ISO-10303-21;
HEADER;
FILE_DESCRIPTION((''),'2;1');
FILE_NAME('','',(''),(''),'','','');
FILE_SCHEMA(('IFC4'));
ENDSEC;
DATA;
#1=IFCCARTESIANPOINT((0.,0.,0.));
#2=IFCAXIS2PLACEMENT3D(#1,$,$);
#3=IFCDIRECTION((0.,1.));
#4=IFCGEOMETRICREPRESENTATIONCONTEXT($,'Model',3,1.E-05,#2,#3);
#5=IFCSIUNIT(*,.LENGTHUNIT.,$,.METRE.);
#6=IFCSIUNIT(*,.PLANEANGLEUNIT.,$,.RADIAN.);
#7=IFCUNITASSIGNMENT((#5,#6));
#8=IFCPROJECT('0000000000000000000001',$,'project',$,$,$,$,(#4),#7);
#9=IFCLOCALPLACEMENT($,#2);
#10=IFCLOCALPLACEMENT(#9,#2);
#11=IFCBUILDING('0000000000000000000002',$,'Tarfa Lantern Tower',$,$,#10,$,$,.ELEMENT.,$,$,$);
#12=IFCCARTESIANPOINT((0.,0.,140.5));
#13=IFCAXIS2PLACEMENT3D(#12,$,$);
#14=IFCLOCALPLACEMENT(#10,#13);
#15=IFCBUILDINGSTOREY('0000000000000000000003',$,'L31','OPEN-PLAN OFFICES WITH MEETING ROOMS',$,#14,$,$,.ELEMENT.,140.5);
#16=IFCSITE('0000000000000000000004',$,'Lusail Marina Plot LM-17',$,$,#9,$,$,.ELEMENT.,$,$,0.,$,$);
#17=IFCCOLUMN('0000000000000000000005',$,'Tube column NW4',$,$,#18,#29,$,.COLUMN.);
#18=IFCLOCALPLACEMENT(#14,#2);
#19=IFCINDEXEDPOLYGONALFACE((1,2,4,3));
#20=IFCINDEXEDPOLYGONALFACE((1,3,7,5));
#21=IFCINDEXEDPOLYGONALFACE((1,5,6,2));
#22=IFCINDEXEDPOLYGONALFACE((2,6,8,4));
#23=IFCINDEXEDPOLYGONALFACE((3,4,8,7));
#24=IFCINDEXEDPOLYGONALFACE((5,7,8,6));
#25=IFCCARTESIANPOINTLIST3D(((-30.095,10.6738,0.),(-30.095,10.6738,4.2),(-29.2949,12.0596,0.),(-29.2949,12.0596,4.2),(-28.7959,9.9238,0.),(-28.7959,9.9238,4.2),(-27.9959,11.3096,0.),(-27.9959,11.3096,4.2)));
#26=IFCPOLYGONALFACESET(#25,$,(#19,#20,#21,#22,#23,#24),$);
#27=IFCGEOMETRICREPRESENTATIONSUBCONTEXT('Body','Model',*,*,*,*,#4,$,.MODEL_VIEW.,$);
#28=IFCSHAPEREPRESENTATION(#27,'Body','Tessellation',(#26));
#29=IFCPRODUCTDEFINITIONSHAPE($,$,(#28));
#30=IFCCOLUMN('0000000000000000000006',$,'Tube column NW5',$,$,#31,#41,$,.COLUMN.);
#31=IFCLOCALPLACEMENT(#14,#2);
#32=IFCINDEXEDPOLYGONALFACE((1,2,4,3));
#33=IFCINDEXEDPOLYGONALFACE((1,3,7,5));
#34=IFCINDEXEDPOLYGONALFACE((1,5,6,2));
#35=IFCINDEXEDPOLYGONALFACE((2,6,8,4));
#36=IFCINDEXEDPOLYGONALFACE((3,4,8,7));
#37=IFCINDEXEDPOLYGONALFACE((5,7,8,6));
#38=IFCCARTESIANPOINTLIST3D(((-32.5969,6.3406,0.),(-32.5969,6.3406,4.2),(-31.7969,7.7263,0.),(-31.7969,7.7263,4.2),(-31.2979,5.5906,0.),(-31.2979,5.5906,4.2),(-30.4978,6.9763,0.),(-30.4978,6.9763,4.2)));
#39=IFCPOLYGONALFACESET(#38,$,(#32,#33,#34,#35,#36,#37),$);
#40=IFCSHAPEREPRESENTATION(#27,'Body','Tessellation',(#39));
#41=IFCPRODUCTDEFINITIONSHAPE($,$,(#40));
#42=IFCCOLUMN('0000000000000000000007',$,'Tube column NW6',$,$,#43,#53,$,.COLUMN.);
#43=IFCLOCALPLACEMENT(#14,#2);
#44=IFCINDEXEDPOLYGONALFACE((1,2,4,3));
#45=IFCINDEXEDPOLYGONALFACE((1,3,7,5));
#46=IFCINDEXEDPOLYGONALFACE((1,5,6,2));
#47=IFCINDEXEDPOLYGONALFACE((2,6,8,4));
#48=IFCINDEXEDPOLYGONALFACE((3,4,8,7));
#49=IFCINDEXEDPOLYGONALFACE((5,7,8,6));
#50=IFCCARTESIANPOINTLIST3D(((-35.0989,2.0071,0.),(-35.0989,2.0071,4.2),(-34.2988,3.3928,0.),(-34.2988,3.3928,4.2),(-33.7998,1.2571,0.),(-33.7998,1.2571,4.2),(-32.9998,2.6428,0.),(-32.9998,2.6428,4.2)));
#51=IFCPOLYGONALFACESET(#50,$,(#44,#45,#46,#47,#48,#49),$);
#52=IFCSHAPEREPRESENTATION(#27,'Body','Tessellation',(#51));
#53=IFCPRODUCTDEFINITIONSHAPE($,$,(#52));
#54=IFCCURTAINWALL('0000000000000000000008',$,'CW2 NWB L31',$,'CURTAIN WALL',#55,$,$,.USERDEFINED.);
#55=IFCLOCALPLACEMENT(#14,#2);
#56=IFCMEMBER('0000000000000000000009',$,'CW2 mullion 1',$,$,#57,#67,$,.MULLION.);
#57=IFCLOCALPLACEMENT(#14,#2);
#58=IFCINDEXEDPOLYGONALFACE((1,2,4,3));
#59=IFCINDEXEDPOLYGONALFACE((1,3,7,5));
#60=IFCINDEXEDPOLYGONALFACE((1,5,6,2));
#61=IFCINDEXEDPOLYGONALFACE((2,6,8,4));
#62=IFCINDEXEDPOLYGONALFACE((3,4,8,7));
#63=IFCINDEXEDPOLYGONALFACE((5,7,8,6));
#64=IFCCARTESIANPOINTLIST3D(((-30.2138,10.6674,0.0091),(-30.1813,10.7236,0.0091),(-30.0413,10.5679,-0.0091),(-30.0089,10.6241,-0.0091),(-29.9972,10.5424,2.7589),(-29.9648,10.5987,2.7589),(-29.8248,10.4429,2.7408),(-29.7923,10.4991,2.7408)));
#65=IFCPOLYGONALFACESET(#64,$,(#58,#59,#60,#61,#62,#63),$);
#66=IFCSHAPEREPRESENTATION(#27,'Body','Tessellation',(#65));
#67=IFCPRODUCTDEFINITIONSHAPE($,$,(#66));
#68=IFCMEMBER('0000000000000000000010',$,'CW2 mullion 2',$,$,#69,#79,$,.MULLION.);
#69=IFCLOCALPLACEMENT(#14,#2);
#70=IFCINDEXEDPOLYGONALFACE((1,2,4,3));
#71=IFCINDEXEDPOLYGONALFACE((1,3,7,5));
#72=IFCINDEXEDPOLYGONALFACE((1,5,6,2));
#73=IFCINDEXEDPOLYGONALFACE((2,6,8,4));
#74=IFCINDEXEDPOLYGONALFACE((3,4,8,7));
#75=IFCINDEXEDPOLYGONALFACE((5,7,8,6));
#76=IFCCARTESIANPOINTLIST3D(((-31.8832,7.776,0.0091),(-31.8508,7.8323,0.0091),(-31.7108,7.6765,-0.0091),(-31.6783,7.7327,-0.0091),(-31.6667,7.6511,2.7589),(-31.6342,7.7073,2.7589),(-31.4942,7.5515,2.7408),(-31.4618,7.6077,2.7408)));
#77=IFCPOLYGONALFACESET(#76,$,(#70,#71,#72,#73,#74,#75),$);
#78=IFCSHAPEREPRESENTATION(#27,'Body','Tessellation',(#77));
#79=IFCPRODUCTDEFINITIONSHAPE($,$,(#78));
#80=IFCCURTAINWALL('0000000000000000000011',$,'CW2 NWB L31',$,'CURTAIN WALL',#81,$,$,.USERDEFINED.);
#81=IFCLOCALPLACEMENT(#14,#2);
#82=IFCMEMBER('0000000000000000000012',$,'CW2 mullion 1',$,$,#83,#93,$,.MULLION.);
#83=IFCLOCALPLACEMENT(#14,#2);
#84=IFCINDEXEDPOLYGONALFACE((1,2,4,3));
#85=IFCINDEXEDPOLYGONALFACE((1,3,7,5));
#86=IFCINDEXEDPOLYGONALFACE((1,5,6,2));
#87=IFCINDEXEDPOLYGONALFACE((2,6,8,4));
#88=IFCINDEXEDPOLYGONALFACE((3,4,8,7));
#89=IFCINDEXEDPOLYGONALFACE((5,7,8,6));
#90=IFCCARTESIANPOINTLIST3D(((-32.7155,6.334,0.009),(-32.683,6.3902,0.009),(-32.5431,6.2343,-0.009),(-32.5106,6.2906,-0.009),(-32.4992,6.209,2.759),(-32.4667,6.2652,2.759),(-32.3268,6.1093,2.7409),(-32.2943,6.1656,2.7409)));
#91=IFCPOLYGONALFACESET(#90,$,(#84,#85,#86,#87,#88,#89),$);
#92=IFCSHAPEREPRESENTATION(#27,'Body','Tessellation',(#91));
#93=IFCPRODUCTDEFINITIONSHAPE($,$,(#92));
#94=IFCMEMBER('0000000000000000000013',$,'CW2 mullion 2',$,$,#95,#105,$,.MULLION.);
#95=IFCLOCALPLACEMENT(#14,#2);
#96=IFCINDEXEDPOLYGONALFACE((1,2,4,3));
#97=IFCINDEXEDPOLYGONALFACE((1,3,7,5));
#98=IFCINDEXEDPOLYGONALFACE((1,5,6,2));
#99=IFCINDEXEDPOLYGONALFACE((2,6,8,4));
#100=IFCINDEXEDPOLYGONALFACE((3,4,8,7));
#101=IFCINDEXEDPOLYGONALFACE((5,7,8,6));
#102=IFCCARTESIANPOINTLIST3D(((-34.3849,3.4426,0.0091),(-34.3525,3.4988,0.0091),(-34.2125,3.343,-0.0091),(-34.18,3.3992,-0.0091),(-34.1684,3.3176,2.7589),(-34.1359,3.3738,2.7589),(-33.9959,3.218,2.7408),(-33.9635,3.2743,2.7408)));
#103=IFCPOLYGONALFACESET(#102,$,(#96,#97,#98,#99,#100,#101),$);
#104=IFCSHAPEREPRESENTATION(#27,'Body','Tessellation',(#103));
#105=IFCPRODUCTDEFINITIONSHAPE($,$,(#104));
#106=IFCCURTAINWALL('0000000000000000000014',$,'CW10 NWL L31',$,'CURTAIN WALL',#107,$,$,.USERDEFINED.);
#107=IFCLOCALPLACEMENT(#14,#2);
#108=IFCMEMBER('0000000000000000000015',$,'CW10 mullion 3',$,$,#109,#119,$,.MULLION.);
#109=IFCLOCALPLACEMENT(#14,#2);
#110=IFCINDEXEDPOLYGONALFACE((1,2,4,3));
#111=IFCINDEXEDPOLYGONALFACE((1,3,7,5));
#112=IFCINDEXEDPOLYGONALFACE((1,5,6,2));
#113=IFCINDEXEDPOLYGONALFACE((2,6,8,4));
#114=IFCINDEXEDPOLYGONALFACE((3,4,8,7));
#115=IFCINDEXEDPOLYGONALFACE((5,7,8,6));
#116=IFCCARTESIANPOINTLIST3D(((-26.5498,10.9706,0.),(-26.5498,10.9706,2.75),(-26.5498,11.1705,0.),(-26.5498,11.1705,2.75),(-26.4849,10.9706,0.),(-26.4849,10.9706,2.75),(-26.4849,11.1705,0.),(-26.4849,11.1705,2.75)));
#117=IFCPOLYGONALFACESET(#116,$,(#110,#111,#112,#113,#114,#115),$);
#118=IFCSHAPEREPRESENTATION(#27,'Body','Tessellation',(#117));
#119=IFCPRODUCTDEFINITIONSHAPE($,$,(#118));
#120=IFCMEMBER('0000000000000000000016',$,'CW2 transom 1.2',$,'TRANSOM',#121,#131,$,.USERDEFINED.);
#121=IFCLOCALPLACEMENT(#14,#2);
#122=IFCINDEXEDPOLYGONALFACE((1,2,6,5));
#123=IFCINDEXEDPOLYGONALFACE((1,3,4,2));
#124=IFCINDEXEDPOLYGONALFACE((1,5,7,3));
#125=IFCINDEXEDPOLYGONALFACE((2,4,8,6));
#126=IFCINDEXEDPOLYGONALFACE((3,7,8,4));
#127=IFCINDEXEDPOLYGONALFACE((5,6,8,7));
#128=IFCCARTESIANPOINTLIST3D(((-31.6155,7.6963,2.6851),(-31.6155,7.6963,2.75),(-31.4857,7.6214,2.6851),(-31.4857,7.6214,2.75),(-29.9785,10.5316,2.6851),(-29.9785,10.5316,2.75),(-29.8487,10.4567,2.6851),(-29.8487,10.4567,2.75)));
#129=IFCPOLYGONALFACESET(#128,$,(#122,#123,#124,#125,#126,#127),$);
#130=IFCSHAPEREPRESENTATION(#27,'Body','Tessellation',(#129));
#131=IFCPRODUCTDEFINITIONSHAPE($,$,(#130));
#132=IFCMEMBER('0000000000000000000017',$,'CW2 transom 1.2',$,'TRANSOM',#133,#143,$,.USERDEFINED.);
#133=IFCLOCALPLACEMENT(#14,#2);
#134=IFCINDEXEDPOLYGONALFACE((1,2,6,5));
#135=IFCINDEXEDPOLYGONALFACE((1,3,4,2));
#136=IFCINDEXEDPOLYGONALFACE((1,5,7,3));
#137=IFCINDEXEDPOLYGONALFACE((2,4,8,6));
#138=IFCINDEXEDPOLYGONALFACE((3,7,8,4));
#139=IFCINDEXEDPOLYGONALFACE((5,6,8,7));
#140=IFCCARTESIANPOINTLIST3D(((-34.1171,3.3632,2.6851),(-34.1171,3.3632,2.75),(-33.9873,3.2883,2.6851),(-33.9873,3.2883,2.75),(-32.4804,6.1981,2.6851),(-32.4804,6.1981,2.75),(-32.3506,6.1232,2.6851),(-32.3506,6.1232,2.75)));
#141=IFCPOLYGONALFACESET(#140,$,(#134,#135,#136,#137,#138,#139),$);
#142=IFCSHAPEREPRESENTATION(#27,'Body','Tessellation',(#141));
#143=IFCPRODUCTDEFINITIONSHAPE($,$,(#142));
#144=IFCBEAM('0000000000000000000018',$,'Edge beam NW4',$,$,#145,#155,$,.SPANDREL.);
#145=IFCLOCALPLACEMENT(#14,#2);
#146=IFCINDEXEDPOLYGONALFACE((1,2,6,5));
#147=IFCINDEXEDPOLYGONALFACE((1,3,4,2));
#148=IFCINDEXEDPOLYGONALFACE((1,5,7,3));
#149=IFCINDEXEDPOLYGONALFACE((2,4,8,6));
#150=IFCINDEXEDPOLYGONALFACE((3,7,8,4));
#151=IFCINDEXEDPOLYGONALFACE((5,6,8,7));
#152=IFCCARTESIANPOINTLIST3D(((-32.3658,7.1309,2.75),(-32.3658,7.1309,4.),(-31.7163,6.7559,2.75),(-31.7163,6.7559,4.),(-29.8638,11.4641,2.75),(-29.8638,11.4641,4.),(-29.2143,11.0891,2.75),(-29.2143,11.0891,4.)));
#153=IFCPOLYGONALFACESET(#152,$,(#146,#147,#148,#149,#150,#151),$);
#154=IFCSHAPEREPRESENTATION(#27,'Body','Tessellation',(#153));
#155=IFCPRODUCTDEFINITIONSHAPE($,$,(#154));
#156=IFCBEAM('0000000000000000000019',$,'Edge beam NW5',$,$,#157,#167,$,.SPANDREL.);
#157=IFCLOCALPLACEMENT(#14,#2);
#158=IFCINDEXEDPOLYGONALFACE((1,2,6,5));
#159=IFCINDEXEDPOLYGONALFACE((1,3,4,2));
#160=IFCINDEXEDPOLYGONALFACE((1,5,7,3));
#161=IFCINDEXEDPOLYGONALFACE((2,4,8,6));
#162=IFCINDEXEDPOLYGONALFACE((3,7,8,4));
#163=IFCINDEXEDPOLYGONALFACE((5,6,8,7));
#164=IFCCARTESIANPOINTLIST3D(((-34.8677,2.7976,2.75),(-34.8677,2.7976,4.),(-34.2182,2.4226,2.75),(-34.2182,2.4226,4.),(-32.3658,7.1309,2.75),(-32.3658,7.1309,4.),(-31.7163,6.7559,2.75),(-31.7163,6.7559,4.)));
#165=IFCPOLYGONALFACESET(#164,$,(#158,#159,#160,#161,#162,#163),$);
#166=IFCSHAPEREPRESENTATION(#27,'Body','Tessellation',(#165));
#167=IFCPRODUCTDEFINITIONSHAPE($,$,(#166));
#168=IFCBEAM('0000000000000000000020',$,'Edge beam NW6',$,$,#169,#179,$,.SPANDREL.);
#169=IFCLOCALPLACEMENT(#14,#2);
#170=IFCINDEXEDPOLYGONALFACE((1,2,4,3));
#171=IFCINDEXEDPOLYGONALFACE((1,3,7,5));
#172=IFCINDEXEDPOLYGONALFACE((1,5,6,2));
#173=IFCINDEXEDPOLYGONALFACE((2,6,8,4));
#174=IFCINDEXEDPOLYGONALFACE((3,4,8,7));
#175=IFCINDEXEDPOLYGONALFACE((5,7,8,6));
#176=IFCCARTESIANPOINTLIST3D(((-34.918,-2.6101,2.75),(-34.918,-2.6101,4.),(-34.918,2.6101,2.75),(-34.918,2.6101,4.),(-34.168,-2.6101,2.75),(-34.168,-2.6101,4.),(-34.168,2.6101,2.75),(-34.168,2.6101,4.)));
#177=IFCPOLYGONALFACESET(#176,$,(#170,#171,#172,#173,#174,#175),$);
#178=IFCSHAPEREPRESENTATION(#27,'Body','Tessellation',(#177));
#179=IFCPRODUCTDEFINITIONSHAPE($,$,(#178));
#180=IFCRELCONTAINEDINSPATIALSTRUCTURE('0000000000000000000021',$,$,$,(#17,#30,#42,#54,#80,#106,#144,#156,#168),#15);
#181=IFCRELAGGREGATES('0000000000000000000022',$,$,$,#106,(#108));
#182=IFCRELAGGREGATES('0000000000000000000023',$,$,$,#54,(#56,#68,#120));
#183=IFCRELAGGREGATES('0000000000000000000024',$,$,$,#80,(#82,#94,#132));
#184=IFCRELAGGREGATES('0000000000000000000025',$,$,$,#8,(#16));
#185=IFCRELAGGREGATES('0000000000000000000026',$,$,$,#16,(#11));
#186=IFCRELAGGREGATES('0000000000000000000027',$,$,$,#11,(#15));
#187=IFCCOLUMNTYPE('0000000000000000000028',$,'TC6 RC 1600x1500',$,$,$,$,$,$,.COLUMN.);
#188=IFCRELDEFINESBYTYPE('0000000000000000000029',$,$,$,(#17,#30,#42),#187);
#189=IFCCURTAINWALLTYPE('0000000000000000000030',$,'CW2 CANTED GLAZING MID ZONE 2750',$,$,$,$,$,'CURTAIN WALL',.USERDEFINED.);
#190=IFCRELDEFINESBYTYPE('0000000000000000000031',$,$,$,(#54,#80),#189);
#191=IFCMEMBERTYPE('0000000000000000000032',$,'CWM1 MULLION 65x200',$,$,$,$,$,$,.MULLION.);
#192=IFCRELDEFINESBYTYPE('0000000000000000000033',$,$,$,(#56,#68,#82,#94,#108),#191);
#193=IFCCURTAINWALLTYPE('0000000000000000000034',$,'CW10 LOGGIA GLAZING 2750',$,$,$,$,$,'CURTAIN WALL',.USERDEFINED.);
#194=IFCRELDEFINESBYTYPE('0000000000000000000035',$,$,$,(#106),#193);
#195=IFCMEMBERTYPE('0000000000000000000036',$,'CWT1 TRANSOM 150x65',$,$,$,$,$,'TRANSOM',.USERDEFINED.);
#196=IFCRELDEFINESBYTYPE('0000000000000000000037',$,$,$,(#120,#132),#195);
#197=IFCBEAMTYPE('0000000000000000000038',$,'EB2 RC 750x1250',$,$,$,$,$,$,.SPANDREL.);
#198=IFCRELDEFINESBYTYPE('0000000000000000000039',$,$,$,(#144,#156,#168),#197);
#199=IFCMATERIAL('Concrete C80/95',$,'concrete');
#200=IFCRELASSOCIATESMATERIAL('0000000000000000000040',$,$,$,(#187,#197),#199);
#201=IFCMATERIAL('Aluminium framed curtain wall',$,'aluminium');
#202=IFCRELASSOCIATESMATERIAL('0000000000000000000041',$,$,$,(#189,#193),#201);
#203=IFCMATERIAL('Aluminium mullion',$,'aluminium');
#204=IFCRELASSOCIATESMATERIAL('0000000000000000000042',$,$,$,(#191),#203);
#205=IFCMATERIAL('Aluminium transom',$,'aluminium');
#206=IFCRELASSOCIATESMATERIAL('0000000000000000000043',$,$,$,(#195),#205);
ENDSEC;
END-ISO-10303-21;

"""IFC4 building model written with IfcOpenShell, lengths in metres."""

from ifc_helpers import new_model, si_unit, direction, frame, origin, origin_2d, place, context, subcontext, project, spatial, rectangle, extrude, material, material_profile, profile_set, type_object, element, aggregate, save


model = new_model("IFC4")

# Units and contexts
model_context = context("Model", 3, precision=1e-05, world=origin(), true_north=direction((0.0, 1.0)))
body_context = subcontext(model_context, "Body", "Model", "MODEL_VIEW")
ifc_project = project(units=[si_unit("LENGTHUNIT", "METRE"), si_unit("PLANEANGLEUNIT", "RADIAN")], contexts=[model_context])

# Site, building, storey
site_placement = place(None, origin())
site = spatial("IfcSite", under=ifc_project, at=site_placement, Name="Lusail Marina Plot LM-17", CompositionType="ELEMENT", RefElevation=0.0)
building_placement = place(site_placement, origin())
building = spatial("IfcBuilding", under=site, at=building_placement, Name="Tarfa Lantern Tower", CompositionType="ELEMENT")
storey_placement = place(building_placement, frame((0.0, 0.0, 140.5)))
storey = spatial("IfcBuildingStorey", under=building, at=storey_placement, Name="L31", Description="OPEN-PLAN OFFICES WITH MEETING ROOMS", CompositionType="ELEMENT", Elevation=140.5)

# Columns
ifc_material_1 = material(Name="Concrete C80/95", Category="concrete")
ifc_material_profile_1 = material_profile(ifc_material_1, rectangle(XDim=1.6001, YDim=1.5, at=origin_2d()), Name="RC 1600x1500")
ifc_profile_set_1 = profile_set([ifc_material_profile_1], Name="Concrete C80/95")
column_type = type_object("IfcColumnType", Name="TC6 RC 1600x1500", PredefinedType="COLUMN", material=ifc_profile_set_1)
for number, where, z_axis, x_axis, name in (
    (1, (-29.0454, 10.9917, 0.0), (0.0, 0.0, 1.0), (-0.5, -0.866025, 0.0), "Tube column NW4"),
    (2, (-31.5474, 6.6584, 0.0), (0.0, 0.0, 1.0), (-0.5, -0.866025, 0.0), "Tube column NW5"),
    (3, (-34.0493, 2.325, 0.0), (0.0, 0.0, 1.0), (-0.5, -0.866025, 0.0), "Tube column NW6"),
):
    element("IfcColumn", number, at=place(storey_placement, frame(where, z_axis=z_axis, x_axis=x_axis)), inside=storey, type_object=column_type, Name=name, PredefinedType="COLUMN", context=body_context, shape_type="SweptSolid", body=[
        extrude(rectangle(XDim=1.6001, YDim=1.5, at=origin_2d()), origin(), (0.0, 0.0, 1.0), 4.2),
    ])

# Curtain walls, members
ifc_material_2 = material(Name="Aluminium framed curtain wall", Category="aluminium")
curtain_wall_type_1 = type_object("IfcCurtainWallType", Name="CW2 CANTED GLAZING MID ZONE 2750", ElementType="CURTAIN WALL", PredefinedType="USERDEFINED", material=ifc_material_2)
curtain_wall_1_placement = place(storey_placement, origin())
curtain_wall_1 = element("IfcCurtainWall", 4, at=curtain_wall_1_placement, inside=storey, type_object=curtain_wall_type_1, Name="CW2 NWB L31", ObjectType="CURTAIN WALL", PredefinedType="USERDEFINED")
ifc_material_3 = material(Name="Aluminium mullion", Category="aluminium")
ifc_material_profile_2 = material_profile(ifc_material_3, rectangle(XDim=0.0649, YDim=0.2, at=origin_2d()), Name="AL MULLION 65x200")
ifc_profile_set_2 = profile_set([ifc_material_profile_2], Name="Aluminium mullion")
member_type_1 = type_object("IfcMemberType", Name="CWM1 MULLION 65x200", PredefinedType="MULLION", material=ifc_profile_set_2)
member_1_placement = place(storey_placement, frame((-30.1113, 10.6458, 0.0), z_axis=(0.078423, -0.045268, 0.995892), x_axis=(0.49992, 0.866072, 0.0)))
member_1 = element("IfcMember", 5, at=member_1_placement, type_object=member_type_1, Name="CW2 mullion 1", PredefinedType="MULLION", context=body_context, shape_type="SweptSolid", body=[
    extrude(rectangle(XDim=0.0649, YDim=0.2, at=origin_2d()), origin(), (0.0, 0.0, 1.0), 2.7612),
])
member_2_placement = place(storey_placement, frame((-31.7808, 7.7544, 0.0), z_axis=(0.078423, -0.045268, 0.995892), x_axis=(0.49992, 0.866072, 0.0)))
member_2 = element("IfcMember", 6, at=member_2_placement, type_object=member_type_1, Name="CW2 mullion 2", PredefinedType="MULLION", context=body_context, shape_type="SweptSolid", body=[
    extrude(rectangle(XDim=0.0649, YDim=0.2, at=origin_2d()), origin(), (0.0, 0.0, 1.0), 2.7612),
])
curtain_wall_2_placement = place(storey_placement, origin())
curtain_wall_2 = element("IfcCurtainWall", 7, at=curtain_wall_2_placement, inside=storey, type_object=curtain_wall_type_1, Name="CW2 NWB L31", ObjectType="CURTAIN WALL", PredefinedType="USERDEFINED")
member_3_placement = place(storey_placement, frame((-32.613, 6.3123, 0.0), z_axis=(0.078335, -0.045268, 0.995899), x_axis=(0.500343, 0.865827, 0.0)))
member_3 = element("IfcMember", 8, at=member_3_placement, type_object=member_type_1, Name="CW2 mullion 1", PredefinedType="MULLION", context=body_context, shape_type="SweptSolid", body=[
    extrude(rectangle(XDim=0.0649, YDim=0.2, at=origin_2d()), origin(), (0.0, 0.0, 1.0), 2.7612),
])
member_4_placement = place(storey_placement, frame((-34.2825, 3.4209, 0.0), z_axis=(0.078423, -0.045268, 0.995892), x_axis=(0.49992, 0.866072, 0.0)))
member_4 = element("IfcMember", 9, at=member_4_placement, type_object=member_type_1, Name="CW2 mullion 2", PredefinedType="MULLION", context=body_context, shape_type="SweptSolid", body=[
    extrude(rectangle(XDim=0.0649, YDim=0.2, at=origin_2d()), origin(), (0.0, 0.0, 1.0), 2.7612),
])

# Curtain wall, member
curtain_wall_type_2 = type_object("IfcCurtainWallType", Name="CW10 LOGGIA GLAZING 2750", ElementType="CURTAIN WALL", PredefinedType="USERDEFINED", material=ifc_material_2)
curtain_wall_3_placement = place(storey_placement, origin())
curtain_wall_3 = element("IfcCurtainWall", 10, at=curtain_wall_3_placement, inside=storey, type_object=curtain_wall_type_2, Name="CW10 NWL L31", ObjectType="CURTAIN WALL", PredefinedType="USERDEFINED")
member_5_placement = place(storey_placement, frame((-26.5173, 11.0706, 0.0), z_axis=(0.0, 0.0, 1.0), x_axis=(1.0, 0.0, 0.0)))
member_5 = element("IfcMember", 11, at=member_5_placement, type_object=member_type_1, Name="CW10 mullion 3", PredefinedType="MULLION", context=body_context, shape_type="SweptSolid", body=[
    extrude(rectangle(XDim=0.0649, YDim=0.2, at=origin_2d()), origin(), (0.0, 0.0, 1.0), 2.75),
])
aggregate(curtain_wall_3, [member_5])

# Members
ifc_material_4 = material(Name="Aluminium transom", Category="aluminium")
ifc_material_profile_3 = material_profile(ifc_material_4, rectangle(XDim=0.1499, YDim=0.0649, at=origin_2d()), Name="AL TRANSOM 150x65")
ifc_profile_set_3 = profile_set([ifc_material_profile_3], Name="Aluminium transom")
member_type_2 = type_object("IfcMemberType", Name="CWT1 TRANSOM 150x65", ElementType="TRANSOM", PredefinedType="USERDEFINED", material=ifc_profile_set_3)
member_6_placement = place(storey_placement, frame((-29.9136, 10.4941, 2.7175), z_axis=(-0.500013, -0.866018, 0.0), x_axis=(0.866018, -0.500013, 0.0)))
member_6 = element("IfcMember", 12, at=member_6_placement, type_object=member_type_2, Name="CW2 transom 1.2", ObjectType="TRANSOM", PredefinedType="USERDEFINED", context=body_context, shape_type="SweptSolid", body=[
    extrude(rectangle(XDim=0.1499, YDim=0.0649, at=origin_2d()), origin(), (0.0, 0.0, 1.0), 3.2739),
])
member_7_placement = place(storey_placement, frame((-32.4155, 6.1606, 2.7175), z_axis=(-0.499989, -0.866032, 0.0), x_axis=(0.866032, -0.499989, 0.0)))
member_7 = element("IfcMember", 13, at=member_7_placement, type_object=member_type_2, Name="CW2 transom 1.2", ObjectType="TRANSOM", PredefinedType="USERDEFINED", context=body_context, shape_type="SweptSolid", body=[
    extrude(rectangle(XDim=0.1499, YDim=0.0649, at=origin_2d()), origin(), (0.0, 0.0, 1.0), 3.2734),
])

# Beams
ifc_material_profile_4 = material_profile(ifc_material_1, rectangle(XDim=0.75, YDim=1.25, at=origin_2d()), Name="RC 750x1250")
ifc_profile_set_4 = profile_set([ifc_material_profile_4], Name="Concrete C80/95")
beam_type_1 = type_object("IfcBeamType", Name="EB2 RC 750x1250", PredefinedType="SPANDREL", material=ifc_profile_set_4)
for number, where, z_axis, x_axis, name in (
    (14, (-29.5391, 11.2766, 3.375), (-0.500022, -0.866013, 0.0), (0.866013, -0.500022, 0.0), "Edge beam NW4"),
    (15, (-32.041, 6.9434, 3.375), (-0.500022, -0.866013, 0.0), (0.866013, -0.500022, 0.0), "Edge beam NW5"),
):
    element("IfcBeam", number, at=place(storey_placement, frame(where, z_axis=z_axis, x_axis=x_axis)), inside=storey, type_object=beam_type_1, Name=name, PredefinedType="SPANDREL", context=body_context, shape_type="SweptSolid", body=[
        extrude(rectangle(XDim=0.75, YDim=1.25, at=origin_2d()), origin(), (0.0, 0.0, 1.0), 5.0037),
    ])
beam_1_placement = place(storey_placement, frame((-34.543, 2.6101, 3.375), z_axis=(0.0, -1.0, 0.0), x_axis=(1.0, 0.0, 0.0)))
element("IfcBeam", 16, at=beam_1_placement, inside=storey, type_object=beam_type_1, Name="Edge beam NW6", PredefinedType="SPANDREL", context=body_context, shape_type="SweptSolid", body=[
    extrude(rectangle(XDim=0.75, YDim=1.25, at=origin_2d()), origin(), (0.0, 0.0, 1.0), 5.2202),
])

aggregate(curtain_wall_1, [member_1, member_2, member_6])
aggregate(curtain_wall_2, [member_3, member_4, member_7])

save(model, "model.ifc")
